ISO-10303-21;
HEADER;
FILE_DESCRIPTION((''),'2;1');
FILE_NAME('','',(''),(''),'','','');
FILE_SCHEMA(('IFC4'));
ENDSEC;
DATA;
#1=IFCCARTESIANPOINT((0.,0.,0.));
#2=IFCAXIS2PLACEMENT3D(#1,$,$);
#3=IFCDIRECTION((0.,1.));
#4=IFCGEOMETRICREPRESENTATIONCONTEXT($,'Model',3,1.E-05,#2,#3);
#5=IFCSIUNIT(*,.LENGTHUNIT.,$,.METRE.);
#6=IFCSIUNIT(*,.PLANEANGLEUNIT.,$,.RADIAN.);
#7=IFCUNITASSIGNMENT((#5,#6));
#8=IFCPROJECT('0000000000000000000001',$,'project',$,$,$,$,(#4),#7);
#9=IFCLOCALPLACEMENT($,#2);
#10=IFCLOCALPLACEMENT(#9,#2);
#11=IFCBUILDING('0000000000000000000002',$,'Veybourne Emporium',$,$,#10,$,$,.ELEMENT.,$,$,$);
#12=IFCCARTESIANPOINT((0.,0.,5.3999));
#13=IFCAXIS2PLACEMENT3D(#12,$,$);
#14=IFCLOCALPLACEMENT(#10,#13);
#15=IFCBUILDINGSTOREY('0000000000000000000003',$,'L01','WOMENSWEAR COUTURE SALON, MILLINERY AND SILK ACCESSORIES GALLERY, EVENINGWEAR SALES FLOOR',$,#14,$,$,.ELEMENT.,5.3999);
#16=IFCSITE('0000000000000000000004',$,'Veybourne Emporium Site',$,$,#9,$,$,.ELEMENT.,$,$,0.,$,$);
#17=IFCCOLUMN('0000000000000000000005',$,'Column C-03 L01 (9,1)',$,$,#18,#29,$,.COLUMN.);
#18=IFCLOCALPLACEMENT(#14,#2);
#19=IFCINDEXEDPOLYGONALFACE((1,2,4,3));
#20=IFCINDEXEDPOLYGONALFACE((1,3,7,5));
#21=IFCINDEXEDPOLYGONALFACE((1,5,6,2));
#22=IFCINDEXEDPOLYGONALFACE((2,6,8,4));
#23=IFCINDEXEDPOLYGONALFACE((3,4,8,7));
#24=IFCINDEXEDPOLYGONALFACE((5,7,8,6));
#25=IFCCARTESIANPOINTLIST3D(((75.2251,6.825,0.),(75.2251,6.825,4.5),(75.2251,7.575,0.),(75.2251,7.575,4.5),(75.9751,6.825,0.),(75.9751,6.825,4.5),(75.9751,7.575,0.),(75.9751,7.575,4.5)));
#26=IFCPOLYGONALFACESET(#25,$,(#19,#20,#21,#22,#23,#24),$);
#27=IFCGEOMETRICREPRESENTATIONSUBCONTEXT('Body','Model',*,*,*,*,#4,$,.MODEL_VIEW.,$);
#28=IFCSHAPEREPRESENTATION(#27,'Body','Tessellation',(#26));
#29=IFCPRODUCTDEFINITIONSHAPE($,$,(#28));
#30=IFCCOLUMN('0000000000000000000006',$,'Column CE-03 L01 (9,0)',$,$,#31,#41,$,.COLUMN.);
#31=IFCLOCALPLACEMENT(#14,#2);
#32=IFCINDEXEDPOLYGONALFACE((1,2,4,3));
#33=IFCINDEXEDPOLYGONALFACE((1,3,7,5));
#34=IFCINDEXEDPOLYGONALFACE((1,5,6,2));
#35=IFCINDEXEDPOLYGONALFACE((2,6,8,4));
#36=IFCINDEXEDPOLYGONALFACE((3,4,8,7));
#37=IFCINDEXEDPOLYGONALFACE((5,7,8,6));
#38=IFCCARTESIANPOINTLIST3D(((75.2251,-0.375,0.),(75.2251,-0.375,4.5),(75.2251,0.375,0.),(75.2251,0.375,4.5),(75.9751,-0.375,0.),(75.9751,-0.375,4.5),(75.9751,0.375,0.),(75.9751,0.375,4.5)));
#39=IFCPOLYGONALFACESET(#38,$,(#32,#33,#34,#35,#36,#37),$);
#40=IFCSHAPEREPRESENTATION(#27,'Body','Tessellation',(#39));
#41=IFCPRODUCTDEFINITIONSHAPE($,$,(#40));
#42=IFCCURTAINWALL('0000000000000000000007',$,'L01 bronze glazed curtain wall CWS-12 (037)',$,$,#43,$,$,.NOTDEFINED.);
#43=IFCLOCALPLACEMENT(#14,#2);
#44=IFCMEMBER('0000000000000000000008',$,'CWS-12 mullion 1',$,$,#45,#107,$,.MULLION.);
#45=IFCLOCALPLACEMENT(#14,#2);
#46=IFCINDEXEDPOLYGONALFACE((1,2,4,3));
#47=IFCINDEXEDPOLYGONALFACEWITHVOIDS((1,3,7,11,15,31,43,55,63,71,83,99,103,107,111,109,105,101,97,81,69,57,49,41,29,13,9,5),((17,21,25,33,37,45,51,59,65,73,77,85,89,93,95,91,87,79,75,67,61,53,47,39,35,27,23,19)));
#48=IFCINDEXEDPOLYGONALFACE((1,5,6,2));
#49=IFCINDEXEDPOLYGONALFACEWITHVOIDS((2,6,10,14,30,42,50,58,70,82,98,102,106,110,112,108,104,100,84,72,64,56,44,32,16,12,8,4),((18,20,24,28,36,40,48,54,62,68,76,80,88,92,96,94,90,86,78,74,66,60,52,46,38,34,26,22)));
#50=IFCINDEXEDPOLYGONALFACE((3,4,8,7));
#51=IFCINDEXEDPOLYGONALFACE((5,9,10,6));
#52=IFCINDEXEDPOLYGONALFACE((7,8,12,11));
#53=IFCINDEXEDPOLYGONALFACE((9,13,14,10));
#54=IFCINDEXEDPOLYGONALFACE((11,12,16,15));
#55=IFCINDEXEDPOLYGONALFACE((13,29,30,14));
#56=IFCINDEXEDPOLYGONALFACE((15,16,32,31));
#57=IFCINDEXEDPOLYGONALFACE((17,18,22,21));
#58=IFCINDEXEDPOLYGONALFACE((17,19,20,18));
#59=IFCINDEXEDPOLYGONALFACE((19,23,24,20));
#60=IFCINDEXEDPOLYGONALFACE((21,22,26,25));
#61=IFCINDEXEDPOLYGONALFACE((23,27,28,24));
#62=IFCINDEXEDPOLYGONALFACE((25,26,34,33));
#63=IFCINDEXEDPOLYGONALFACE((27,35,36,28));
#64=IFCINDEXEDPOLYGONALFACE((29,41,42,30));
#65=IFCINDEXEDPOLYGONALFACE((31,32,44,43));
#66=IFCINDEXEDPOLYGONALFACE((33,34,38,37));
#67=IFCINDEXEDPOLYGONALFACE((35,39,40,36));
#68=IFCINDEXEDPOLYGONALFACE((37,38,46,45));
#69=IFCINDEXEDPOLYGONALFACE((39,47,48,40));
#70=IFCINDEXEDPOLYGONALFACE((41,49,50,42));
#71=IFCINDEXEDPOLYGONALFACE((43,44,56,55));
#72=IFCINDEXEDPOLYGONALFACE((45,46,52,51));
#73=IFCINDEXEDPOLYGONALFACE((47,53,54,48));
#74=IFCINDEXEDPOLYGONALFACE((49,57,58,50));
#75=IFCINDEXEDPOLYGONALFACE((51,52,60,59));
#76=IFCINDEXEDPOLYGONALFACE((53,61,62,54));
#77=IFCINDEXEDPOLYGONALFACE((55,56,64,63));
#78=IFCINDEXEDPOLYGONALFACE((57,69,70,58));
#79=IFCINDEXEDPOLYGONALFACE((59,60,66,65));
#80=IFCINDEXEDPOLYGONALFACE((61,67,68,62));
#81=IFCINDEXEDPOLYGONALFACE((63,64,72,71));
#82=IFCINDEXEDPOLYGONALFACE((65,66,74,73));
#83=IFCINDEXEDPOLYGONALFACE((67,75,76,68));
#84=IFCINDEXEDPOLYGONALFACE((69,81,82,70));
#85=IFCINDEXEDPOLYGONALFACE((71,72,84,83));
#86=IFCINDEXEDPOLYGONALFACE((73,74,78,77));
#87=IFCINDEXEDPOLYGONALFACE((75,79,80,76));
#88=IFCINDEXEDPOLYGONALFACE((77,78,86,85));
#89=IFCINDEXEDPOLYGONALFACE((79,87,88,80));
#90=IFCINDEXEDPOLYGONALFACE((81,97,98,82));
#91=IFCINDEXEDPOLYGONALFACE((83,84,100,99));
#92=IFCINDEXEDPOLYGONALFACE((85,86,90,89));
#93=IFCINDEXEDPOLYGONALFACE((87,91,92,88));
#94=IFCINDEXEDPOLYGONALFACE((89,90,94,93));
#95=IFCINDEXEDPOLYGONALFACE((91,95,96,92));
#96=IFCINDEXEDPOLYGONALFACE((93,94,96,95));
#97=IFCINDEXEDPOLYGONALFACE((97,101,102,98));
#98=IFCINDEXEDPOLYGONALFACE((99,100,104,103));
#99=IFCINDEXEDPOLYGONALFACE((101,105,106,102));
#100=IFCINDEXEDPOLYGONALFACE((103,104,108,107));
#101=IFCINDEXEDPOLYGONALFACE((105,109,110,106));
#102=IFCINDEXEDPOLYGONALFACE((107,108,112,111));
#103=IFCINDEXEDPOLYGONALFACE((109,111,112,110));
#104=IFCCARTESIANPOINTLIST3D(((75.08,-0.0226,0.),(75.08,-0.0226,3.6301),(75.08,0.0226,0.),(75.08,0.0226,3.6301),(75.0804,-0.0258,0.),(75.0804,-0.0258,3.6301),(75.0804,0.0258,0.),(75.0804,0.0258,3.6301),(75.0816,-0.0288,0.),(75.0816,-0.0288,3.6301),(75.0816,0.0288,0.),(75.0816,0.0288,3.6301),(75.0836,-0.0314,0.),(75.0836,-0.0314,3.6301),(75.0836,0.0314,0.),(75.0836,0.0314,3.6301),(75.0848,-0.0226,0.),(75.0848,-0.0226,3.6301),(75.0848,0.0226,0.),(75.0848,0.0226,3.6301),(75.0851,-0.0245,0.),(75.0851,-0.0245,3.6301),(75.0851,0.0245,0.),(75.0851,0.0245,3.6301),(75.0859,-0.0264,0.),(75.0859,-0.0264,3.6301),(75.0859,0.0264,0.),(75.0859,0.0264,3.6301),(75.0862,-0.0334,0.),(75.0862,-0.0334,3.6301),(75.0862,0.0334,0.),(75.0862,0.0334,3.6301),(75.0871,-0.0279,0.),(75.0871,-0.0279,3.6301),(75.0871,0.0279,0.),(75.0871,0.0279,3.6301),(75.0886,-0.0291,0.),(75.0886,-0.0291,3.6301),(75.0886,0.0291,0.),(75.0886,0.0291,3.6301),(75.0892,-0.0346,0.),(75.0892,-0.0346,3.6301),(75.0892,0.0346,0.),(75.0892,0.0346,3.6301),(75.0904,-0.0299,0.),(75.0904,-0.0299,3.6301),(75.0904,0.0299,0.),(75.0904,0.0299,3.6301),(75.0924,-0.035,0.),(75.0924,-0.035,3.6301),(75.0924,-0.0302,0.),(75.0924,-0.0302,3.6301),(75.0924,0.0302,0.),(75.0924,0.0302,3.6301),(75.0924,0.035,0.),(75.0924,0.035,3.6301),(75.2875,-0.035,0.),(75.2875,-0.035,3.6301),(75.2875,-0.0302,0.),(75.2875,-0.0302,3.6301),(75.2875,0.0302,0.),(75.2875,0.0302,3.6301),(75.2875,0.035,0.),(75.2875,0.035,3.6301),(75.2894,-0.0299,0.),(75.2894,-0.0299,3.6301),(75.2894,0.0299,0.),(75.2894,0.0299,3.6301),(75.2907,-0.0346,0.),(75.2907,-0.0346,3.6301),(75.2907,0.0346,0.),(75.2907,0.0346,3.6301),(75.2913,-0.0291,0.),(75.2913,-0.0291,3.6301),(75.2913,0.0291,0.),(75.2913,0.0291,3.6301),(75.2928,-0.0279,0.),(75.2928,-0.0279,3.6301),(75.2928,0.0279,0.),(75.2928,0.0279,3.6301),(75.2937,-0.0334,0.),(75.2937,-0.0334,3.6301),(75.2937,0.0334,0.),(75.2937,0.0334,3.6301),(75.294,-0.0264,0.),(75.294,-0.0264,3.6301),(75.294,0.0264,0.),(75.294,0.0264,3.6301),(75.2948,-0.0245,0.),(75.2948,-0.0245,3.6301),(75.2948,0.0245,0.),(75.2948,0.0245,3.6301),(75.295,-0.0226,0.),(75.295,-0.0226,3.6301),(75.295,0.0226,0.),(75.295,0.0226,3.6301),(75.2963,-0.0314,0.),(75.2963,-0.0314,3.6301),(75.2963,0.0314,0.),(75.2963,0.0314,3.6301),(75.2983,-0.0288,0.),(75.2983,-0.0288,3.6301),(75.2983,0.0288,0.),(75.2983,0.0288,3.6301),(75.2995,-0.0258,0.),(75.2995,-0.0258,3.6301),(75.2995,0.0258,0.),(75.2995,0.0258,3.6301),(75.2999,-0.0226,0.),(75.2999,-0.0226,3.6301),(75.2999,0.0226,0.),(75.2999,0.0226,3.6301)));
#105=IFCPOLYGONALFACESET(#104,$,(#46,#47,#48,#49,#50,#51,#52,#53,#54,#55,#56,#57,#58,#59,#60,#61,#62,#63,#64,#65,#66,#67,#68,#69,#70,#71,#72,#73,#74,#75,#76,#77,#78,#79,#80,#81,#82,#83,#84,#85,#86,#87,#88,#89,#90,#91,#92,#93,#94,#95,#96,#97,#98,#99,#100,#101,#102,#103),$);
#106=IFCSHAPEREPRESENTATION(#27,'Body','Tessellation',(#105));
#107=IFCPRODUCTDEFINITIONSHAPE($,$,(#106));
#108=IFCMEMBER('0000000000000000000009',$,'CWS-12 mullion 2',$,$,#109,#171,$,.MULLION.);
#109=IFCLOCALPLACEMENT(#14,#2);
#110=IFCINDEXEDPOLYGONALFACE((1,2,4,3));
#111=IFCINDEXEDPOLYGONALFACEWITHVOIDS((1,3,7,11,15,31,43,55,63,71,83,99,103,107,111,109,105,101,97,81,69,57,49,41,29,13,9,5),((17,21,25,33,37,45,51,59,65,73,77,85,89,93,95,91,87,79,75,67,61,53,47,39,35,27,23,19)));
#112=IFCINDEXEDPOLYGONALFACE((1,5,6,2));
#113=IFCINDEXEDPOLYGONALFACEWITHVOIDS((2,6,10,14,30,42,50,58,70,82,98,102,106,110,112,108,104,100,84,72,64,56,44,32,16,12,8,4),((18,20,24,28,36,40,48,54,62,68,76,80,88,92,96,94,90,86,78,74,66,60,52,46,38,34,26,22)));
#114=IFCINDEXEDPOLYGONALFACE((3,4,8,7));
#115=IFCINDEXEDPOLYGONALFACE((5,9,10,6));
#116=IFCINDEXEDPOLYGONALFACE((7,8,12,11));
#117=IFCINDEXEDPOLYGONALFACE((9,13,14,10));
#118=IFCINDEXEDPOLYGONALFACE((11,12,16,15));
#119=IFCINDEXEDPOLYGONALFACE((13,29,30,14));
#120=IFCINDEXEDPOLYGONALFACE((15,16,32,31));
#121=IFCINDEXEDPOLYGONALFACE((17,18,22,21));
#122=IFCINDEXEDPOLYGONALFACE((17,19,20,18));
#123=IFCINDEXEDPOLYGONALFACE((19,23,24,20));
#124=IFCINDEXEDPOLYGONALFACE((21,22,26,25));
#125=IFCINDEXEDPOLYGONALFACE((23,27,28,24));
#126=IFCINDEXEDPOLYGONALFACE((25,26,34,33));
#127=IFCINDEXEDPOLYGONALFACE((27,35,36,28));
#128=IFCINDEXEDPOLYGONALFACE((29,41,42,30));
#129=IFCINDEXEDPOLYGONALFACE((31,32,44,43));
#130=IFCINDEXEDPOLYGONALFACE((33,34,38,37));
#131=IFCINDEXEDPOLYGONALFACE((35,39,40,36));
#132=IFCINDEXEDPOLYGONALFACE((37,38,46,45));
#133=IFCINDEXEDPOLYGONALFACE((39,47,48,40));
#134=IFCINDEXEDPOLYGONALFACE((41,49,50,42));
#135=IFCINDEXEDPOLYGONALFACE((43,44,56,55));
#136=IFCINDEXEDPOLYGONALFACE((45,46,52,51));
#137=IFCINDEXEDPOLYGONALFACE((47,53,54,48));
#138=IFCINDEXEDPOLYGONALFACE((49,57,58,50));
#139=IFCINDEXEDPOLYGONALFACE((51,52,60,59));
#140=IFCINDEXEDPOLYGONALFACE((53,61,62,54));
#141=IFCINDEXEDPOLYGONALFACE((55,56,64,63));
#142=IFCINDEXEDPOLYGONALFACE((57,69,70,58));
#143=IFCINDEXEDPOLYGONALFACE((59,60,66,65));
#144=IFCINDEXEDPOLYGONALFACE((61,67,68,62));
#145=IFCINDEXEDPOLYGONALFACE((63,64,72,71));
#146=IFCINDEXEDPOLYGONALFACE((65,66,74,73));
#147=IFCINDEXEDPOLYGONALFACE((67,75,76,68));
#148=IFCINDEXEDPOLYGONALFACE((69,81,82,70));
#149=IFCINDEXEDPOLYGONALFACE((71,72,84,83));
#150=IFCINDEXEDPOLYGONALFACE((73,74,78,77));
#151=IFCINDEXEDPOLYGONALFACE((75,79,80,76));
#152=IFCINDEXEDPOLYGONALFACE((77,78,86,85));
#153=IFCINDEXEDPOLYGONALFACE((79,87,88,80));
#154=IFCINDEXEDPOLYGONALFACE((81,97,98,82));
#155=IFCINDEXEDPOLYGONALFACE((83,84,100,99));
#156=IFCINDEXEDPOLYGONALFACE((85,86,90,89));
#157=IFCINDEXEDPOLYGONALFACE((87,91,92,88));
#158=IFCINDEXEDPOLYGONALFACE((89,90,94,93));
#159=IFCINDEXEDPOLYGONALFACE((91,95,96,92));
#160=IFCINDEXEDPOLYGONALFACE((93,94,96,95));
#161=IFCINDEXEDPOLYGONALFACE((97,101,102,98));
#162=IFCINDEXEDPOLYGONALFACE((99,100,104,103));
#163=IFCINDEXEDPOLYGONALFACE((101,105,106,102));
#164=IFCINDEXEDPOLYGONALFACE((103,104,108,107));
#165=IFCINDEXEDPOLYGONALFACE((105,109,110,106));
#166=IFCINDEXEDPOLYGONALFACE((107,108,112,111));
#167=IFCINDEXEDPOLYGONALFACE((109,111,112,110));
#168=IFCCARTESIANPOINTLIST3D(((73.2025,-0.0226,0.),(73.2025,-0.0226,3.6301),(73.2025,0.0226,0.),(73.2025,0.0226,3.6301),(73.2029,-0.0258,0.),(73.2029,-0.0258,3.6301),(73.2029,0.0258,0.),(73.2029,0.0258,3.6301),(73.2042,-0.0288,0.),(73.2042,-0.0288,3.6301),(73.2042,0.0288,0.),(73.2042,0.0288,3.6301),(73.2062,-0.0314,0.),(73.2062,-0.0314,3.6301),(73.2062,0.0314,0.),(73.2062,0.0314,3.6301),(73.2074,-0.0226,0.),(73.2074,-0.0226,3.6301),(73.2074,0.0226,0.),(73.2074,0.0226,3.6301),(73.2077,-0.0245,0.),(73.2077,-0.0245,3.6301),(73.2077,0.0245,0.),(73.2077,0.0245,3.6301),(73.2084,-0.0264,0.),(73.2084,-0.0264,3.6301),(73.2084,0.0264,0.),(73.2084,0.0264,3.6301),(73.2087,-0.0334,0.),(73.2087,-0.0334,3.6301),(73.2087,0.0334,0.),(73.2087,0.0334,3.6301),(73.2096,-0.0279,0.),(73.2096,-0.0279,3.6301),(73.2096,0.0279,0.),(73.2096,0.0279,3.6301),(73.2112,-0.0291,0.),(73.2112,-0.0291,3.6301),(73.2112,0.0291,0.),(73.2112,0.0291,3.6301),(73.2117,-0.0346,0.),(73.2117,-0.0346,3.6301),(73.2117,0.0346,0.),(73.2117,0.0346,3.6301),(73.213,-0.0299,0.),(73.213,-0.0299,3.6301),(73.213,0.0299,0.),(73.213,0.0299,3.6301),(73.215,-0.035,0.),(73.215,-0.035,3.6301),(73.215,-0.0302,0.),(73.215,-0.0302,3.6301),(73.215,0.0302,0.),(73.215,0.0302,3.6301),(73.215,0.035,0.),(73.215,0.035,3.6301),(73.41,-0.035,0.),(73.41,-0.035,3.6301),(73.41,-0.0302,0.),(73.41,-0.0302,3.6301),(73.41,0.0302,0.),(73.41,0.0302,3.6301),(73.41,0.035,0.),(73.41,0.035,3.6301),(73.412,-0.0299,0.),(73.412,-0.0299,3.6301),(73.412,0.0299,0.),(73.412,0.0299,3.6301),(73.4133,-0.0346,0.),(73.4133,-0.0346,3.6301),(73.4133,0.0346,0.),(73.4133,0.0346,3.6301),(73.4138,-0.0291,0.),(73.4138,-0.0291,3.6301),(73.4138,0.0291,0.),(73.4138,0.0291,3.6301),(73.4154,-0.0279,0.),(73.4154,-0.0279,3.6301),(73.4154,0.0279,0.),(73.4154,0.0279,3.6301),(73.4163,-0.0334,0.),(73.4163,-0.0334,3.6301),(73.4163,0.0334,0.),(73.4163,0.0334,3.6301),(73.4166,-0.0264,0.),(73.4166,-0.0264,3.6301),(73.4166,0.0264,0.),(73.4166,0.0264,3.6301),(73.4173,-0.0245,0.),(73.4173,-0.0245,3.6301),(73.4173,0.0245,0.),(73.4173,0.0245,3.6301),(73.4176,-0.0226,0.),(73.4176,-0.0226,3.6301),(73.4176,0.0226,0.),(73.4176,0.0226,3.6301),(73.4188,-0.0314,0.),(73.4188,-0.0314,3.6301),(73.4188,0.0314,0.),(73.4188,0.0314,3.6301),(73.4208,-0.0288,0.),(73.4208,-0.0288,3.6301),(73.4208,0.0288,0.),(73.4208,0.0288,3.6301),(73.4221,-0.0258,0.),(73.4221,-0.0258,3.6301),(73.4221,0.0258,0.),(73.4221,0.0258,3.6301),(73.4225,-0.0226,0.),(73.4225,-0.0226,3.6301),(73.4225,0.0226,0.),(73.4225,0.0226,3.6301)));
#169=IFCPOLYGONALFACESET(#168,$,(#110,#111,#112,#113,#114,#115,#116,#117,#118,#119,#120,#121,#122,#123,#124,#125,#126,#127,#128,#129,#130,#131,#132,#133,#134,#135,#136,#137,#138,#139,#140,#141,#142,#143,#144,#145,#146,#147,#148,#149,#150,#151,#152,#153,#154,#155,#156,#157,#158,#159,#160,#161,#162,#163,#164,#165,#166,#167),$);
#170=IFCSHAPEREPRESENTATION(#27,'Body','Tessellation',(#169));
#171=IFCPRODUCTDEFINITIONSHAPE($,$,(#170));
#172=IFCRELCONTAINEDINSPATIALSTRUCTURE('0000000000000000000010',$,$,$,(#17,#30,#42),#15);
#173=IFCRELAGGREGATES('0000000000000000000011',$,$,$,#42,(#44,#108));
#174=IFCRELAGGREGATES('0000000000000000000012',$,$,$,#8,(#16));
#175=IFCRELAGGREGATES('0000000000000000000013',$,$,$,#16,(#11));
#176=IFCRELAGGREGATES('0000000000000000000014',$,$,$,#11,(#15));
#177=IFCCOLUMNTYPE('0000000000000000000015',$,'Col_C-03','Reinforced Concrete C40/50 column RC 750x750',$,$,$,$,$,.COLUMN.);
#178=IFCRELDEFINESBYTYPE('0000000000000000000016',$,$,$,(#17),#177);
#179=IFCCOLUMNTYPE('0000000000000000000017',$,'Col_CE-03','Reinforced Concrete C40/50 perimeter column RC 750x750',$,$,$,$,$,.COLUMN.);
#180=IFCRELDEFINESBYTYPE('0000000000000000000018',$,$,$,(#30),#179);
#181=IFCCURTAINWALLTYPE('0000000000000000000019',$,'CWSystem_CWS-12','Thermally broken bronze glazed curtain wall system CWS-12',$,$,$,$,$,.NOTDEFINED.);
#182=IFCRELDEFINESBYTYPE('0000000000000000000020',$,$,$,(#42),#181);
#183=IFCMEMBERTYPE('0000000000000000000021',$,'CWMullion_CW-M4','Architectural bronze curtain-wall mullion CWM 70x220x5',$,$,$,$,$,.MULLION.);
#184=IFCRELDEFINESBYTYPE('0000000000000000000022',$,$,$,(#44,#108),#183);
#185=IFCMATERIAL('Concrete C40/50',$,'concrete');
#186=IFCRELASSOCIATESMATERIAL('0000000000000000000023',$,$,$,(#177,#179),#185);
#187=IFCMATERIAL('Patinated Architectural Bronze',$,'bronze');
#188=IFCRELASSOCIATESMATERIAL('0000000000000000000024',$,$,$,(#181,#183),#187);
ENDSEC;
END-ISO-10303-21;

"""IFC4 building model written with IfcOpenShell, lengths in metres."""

from ifc_helpers import new_model, si_unit, direction, frame, origin, origin_2d, place, context, subcontext, project, spatial, rectangle, hollow_rectangle, extrude, material, material_profile, profile_set, type_object, element, aggregate, save


model = new_model("IFC4")

# Units and contexts
model_context = context("Model", 3, precision=1e-05, world=origin(), true_north=direction((0.0, 1.0)))
body_context = subcontext(model_context, "Body", "Model", "MODEL_VIEW")
ifc_project = project(units=[si_unit("LENGTHUNIT", "METRE"), si_unit("PLANEANGLEUNIT", "RADIAN")], contexts=[model_context])

# Site, building, storey
site_placement = place(None, origin())
site = spatial("IfcSite", under=ifc_project, at=site_placement, Name="Veybourne Emporium Site", CompositionType="ELEMENT", RefElevation=0.0)
building_placement = place(site_placement, origin())
building = spatial("IfcBuilding", under=site, at=building_placement, Name="Veybourne Emporium", CompositionType="ELEMENT")
storey_placement = place(building_placement, frame((0.0, 0.0, 5.3999)))
storey = spatial("IfcBuildingStorey", under=building, at=storey_placement, Name="L01", Description="WOMENSWEAR COUTURE SALON, MILLINERY AND SILK ACCESSORIES GALLERY, EVENINGWEAR SALES FLOOR", CompositionType="ELEMENT", Elevation=5.3999)

# Columns
ifc_material_1 = material(Name="Concrete C40/50", Category="concrete")
ifc_material_profile_1 = material_profile(ifc_material_1, rectangle(XDim=0.75, YDim=0.75, at=origin_2d()), Name="RC 750x750")
ifc_profile_set_1 = profile_set([ifc_material_profile_1], Name="Concrete C40/50")
column_type_1 = type_object("IfcColumnType", Name="Col_C-03", Description="Reinforced Concrete C40/50 column RC 750x750", PredefinedType="COLUMN", material=ifc_profile_set_1)
column_1_placement = place(storey_placement, frame((75.6001, 7.2, 0.0), z_axis=(0.0, 0.0, 1.0), x_axis=(1.0, 0.0, 0.0)))
element("IfcColumn", 1, at=column_1_placement, inside=storey, type_object=column_type_1, Name="Column C-03 L01 (9,1)", PredefinedType="COLUMN", context=body_context, shape_type="SweptSolid", body=[
    extrude(rectangle(XDim=0.75, YDim=0.75, at=origin_2d()), origin(), (0.0, 0.0, 1.0), 4.5),
])
ifc_material_profile_2 = material_profile(ifc_material_1, rectangle(XDim=0.75, YDim=0.75, at=origin_2d()), Name="RC 750x750")
ifc_profile_set_2 = profile_set([ifc_material_profile_2], Name="Concrete C40/50")
column_type_2 = type_object("IfcColumnType", Name="Col_CE-03", Description="Reinforced Concrete C40/50 perimeter column RC 750x750", PredefinedType="COLUMN", material=ifc_profile_set_2)
column_2_placement = place(storey_placement, frame((75.6001, 0.0, 0.0), z_axis=(0.0, 0.0, 1.0), x_axis=(1.0, 0.0, 0.0)))
element("IfcColumn", 2, at=column_2_placement, inside=storey, type_object=column_type_2, Name="Column CE-03 L01 (9,0)", PredefinedType="COLUMN", context=body_context, shape_type="SweptSolid", body=[
    extrude(rectangle(XDim=0.75, YDim=0.75, at=origin_2d()), origin(), (0.0, 0.0, 1.0), 4.5),
])

# Curtain wall, members
ifc_material_2 = material(Name="Patinated Architectural Bronze", Category="bronze")
curtain_wall_type = type_object("IfcCurtainWallType", Name="CWSystem_CWS-12", Description="Thermally broken bronze glazed curtain wall system CWS-12", PredefinedType="NOTDEFINED", material=ifc_material_2)
curtain_wall_placement = place(storey_placement, origin())
curtain_wall = element("IfcCurtainWall", 3, at=curtain_wall_placement, inside=storey, type_object=curtain_wall_type, Name="L01 bronze glazed curtain wall CWS-12 (037)", PredefinedType="NOTDEFINED")
ifc_material_profile_3 = material_profile(ifc_material_2, hollow_rectangle(XDim=0.0701, YDim=0.22, WallThickness=0.0049, InnerFilletRadius=0.0076, OuterFilletRadius=0.0125, at=origin_2d()), Name="CWM 70x220x5")
ifc_profile_set_3 = profile_set([ifc_material_profile_3], Name="Patinated Architectural Bronze")
member_type_1 = type_object("IfcMemberType", Name="CWMullion_CW-M4", Description="Architectural bronze curtain-wall mullion CWM 70x220x5", PredefinedType="MULLION", material=ifc_profile_set_3)
member_1_placement = place(storey_placement, frame((75.1899, 0.0, 0.0), z_axis=(0.0, 0.0, 1.0), x_axis=(0.0, -1.0, 0.0)))
member_1 = element("IfcMember", 4, at=member_1_placement, type_object=member_type_1, Name="CWS-12 mullion 1", PredefinedType="MULLION", context=body_context, shape_type="SweptSolid", body=[
    extrude(hollow_rectangle(XDim=0.0701, YDim=0.22, WallThickness=0.0049, InnerFilletRadius=0.0076, OuterFilletRadius=0.0125, at=origin_2d()), origin(), (0.0, 0.0, 1.0), 3.6301),
])
member_2_placement = place(storey_placement, frame((73.3125, 0.0, 0.0), z_axis=(0.0, 0.0, 1.0), x_axis=(0.0, -1.0, 0.0)))
member_2 = element("IfcMember", 5, at=member_2_placement, type_object=member_type_1, Name="CWS-12 mullion 2", PredefinedType="MULLION", context=body_context, shape_type="SweptSolid", body=[
    extrude(hollow_rectangle(XDim=0.0701, YDim=0.22, WallThickness=0.0049, InnerFilletRadius=0.0076, OuterFilletRadius=0.0125, at=origin_2d()), origin(), (0.0, 0.0, 1.0), 3.6301),
])

aggregate(curtain_wall, [member_1, member_2])

save(model, "model.ifc")
